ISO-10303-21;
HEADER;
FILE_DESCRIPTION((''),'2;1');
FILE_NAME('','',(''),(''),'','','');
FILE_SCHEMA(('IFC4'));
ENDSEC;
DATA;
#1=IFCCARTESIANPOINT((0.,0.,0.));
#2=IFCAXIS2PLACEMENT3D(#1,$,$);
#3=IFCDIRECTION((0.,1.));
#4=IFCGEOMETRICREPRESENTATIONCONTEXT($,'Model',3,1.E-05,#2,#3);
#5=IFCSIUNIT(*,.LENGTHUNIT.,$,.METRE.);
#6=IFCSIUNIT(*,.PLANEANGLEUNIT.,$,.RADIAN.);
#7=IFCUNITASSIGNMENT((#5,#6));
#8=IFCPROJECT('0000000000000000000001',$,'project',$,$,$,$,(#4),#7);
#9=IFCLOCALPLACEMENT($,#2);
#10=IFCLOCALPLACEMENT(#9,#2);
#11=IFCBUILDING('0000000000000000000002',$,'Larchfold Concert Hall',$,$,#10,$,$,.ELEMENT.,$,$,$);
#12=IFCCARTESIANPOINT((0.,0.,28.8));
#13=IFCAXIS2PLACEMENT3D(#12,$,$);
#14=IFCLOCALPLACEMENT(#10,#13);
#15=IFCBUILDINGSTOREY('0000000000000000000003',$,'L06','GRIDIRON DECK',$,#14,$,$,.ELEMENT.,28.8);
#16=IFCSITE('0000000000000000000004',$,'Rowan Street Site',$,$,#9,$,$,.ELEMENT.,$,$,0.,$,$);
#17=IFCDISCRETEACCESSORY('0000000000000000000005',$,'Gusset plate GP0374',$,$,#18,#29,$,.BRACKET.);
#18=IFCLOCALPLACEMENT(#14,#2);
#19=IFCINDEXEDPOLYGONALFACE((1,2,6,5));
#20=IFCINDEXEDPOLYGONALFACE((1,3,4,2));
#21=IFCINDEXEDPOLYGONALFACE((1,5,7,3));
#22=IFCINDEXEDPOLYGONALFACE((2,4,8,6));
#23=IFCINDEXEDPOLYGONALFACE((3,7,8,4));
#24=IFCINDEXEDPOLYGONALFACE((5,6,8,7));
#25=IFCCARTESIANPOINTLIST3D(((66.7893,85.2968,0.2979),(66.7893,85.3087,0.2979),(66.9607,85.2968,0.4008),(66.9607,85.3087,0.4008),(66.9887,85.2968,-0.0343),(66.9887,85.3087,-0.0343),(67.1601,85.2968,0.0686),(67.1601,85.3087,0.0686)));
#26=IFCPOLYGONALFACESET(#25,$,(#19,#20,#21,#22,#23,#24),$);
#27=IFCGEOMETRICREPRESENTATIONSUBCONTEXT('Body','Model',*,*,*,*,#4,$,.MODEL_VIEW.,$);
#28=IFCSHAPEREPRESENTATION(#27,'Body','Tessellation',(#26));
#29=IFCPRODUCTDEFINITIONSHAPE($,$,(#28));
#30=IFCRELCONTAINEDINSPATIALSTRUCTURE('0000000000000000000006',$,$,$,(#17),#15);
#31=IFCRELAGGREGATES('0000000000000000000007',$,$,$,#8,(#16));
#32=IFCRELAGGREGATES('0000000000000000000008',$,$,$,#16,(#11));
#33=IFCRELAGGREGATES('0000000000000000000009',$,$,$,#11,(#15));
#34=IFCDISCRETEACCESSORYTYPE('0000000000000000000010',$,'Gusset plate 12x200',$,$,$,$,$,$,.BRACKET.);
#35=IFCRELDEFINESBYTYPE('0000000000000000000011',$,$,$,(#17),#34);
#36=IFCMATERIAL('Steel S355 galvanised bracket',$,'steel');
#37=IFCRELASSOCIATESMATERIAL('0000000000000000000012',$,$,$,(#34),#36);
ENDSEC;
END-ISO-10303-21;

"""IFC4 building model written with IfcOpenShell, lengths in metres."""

from ifc_helpers import new_model, si_unit, direction, frame, origin, origin_2d, place, context, subcontext, project, spatial, rectangle, extrude, material, material_profile, profile_set, type_object, element, save


model = new_model("IFC4")

# Units and contexts
model_context = context("Model", 3, precision=1e-05, world=origin(), true_north=direction((0.0, 1.0)))
body_context = subcontext(model_context, "Body", "Model", "MODEL_VIEW")
ifc_project = project(units=[si_unit("LENGTHUNIT", "METRE"), si_unit("PLANEANGLEUNIT", "RADIAN")], contexts=[model_context])

# Site, building, storey
site_placement = place(None, origin())
site = spatial("IfcSite", under=ifc_project, at=site_placement, Name="Rowan Street Site", CompositionType="ELEMENT", RefElevation=0.0)
building_placement = place(site_placement, origin())
building = spatial("IfcBuilding", under=site, at=building_placement, Name="Larchfold Concert Hall", CompositionType="ELEMENT")
storey_placement = place(building_placement, frame((0.0, 0.0, 28.8)))
storey = spatial("IfcBuildingStorey", under=building, at=storey_placement, Name="L06", Description="GRIDIRON DECK", CompositionType="ELEMENT", Elevation=28.8)

# Discrete accessory
ifc_material_1 = material(Name="Steel S355 galvanised bracket", Category="steel")
ifc_material_profile_1 = material_profile(ifc_material_1, rectangle(XDim=0.012, YDim=0.2, at=origin_2d()))
ifc_profile_set_1 = profile_set([ifc_material_profile_1], Name="Steel S355 galvanised bracket")
discrete_accessory_type_1 = type_object("IfcDiscreteAccessoryType", Name="Gusset plate 12x200", PredefinedType="BRACKET", material=ifc_profile_set_1)
for number, where, z_axis, x_axis, name in (
    (1, (66.875, 85.3027, 0.3494), (0.514681, 0.0, -0.857382), (0.0, 1.0, 0.0), "Gusset plate GP0374"),
):
    element("IfcDiscreteAccessory", number, at=place(storey_placement, frame(where, z_axis=z_axis, x_axis=x_axis)), inside=storey, type_object=discrete_accessory_type_1, Name=name, PredefinedType="BRACKET", context=body_context, shape_type="SweptSolid", body=[
        extrude(rectangle(XDim=0.012, YDim=0.2, at=origin_2d()), origin(), (0.0, 0.0, 1.0), 0.3875),
    ])

save(model, "model.ifc")
